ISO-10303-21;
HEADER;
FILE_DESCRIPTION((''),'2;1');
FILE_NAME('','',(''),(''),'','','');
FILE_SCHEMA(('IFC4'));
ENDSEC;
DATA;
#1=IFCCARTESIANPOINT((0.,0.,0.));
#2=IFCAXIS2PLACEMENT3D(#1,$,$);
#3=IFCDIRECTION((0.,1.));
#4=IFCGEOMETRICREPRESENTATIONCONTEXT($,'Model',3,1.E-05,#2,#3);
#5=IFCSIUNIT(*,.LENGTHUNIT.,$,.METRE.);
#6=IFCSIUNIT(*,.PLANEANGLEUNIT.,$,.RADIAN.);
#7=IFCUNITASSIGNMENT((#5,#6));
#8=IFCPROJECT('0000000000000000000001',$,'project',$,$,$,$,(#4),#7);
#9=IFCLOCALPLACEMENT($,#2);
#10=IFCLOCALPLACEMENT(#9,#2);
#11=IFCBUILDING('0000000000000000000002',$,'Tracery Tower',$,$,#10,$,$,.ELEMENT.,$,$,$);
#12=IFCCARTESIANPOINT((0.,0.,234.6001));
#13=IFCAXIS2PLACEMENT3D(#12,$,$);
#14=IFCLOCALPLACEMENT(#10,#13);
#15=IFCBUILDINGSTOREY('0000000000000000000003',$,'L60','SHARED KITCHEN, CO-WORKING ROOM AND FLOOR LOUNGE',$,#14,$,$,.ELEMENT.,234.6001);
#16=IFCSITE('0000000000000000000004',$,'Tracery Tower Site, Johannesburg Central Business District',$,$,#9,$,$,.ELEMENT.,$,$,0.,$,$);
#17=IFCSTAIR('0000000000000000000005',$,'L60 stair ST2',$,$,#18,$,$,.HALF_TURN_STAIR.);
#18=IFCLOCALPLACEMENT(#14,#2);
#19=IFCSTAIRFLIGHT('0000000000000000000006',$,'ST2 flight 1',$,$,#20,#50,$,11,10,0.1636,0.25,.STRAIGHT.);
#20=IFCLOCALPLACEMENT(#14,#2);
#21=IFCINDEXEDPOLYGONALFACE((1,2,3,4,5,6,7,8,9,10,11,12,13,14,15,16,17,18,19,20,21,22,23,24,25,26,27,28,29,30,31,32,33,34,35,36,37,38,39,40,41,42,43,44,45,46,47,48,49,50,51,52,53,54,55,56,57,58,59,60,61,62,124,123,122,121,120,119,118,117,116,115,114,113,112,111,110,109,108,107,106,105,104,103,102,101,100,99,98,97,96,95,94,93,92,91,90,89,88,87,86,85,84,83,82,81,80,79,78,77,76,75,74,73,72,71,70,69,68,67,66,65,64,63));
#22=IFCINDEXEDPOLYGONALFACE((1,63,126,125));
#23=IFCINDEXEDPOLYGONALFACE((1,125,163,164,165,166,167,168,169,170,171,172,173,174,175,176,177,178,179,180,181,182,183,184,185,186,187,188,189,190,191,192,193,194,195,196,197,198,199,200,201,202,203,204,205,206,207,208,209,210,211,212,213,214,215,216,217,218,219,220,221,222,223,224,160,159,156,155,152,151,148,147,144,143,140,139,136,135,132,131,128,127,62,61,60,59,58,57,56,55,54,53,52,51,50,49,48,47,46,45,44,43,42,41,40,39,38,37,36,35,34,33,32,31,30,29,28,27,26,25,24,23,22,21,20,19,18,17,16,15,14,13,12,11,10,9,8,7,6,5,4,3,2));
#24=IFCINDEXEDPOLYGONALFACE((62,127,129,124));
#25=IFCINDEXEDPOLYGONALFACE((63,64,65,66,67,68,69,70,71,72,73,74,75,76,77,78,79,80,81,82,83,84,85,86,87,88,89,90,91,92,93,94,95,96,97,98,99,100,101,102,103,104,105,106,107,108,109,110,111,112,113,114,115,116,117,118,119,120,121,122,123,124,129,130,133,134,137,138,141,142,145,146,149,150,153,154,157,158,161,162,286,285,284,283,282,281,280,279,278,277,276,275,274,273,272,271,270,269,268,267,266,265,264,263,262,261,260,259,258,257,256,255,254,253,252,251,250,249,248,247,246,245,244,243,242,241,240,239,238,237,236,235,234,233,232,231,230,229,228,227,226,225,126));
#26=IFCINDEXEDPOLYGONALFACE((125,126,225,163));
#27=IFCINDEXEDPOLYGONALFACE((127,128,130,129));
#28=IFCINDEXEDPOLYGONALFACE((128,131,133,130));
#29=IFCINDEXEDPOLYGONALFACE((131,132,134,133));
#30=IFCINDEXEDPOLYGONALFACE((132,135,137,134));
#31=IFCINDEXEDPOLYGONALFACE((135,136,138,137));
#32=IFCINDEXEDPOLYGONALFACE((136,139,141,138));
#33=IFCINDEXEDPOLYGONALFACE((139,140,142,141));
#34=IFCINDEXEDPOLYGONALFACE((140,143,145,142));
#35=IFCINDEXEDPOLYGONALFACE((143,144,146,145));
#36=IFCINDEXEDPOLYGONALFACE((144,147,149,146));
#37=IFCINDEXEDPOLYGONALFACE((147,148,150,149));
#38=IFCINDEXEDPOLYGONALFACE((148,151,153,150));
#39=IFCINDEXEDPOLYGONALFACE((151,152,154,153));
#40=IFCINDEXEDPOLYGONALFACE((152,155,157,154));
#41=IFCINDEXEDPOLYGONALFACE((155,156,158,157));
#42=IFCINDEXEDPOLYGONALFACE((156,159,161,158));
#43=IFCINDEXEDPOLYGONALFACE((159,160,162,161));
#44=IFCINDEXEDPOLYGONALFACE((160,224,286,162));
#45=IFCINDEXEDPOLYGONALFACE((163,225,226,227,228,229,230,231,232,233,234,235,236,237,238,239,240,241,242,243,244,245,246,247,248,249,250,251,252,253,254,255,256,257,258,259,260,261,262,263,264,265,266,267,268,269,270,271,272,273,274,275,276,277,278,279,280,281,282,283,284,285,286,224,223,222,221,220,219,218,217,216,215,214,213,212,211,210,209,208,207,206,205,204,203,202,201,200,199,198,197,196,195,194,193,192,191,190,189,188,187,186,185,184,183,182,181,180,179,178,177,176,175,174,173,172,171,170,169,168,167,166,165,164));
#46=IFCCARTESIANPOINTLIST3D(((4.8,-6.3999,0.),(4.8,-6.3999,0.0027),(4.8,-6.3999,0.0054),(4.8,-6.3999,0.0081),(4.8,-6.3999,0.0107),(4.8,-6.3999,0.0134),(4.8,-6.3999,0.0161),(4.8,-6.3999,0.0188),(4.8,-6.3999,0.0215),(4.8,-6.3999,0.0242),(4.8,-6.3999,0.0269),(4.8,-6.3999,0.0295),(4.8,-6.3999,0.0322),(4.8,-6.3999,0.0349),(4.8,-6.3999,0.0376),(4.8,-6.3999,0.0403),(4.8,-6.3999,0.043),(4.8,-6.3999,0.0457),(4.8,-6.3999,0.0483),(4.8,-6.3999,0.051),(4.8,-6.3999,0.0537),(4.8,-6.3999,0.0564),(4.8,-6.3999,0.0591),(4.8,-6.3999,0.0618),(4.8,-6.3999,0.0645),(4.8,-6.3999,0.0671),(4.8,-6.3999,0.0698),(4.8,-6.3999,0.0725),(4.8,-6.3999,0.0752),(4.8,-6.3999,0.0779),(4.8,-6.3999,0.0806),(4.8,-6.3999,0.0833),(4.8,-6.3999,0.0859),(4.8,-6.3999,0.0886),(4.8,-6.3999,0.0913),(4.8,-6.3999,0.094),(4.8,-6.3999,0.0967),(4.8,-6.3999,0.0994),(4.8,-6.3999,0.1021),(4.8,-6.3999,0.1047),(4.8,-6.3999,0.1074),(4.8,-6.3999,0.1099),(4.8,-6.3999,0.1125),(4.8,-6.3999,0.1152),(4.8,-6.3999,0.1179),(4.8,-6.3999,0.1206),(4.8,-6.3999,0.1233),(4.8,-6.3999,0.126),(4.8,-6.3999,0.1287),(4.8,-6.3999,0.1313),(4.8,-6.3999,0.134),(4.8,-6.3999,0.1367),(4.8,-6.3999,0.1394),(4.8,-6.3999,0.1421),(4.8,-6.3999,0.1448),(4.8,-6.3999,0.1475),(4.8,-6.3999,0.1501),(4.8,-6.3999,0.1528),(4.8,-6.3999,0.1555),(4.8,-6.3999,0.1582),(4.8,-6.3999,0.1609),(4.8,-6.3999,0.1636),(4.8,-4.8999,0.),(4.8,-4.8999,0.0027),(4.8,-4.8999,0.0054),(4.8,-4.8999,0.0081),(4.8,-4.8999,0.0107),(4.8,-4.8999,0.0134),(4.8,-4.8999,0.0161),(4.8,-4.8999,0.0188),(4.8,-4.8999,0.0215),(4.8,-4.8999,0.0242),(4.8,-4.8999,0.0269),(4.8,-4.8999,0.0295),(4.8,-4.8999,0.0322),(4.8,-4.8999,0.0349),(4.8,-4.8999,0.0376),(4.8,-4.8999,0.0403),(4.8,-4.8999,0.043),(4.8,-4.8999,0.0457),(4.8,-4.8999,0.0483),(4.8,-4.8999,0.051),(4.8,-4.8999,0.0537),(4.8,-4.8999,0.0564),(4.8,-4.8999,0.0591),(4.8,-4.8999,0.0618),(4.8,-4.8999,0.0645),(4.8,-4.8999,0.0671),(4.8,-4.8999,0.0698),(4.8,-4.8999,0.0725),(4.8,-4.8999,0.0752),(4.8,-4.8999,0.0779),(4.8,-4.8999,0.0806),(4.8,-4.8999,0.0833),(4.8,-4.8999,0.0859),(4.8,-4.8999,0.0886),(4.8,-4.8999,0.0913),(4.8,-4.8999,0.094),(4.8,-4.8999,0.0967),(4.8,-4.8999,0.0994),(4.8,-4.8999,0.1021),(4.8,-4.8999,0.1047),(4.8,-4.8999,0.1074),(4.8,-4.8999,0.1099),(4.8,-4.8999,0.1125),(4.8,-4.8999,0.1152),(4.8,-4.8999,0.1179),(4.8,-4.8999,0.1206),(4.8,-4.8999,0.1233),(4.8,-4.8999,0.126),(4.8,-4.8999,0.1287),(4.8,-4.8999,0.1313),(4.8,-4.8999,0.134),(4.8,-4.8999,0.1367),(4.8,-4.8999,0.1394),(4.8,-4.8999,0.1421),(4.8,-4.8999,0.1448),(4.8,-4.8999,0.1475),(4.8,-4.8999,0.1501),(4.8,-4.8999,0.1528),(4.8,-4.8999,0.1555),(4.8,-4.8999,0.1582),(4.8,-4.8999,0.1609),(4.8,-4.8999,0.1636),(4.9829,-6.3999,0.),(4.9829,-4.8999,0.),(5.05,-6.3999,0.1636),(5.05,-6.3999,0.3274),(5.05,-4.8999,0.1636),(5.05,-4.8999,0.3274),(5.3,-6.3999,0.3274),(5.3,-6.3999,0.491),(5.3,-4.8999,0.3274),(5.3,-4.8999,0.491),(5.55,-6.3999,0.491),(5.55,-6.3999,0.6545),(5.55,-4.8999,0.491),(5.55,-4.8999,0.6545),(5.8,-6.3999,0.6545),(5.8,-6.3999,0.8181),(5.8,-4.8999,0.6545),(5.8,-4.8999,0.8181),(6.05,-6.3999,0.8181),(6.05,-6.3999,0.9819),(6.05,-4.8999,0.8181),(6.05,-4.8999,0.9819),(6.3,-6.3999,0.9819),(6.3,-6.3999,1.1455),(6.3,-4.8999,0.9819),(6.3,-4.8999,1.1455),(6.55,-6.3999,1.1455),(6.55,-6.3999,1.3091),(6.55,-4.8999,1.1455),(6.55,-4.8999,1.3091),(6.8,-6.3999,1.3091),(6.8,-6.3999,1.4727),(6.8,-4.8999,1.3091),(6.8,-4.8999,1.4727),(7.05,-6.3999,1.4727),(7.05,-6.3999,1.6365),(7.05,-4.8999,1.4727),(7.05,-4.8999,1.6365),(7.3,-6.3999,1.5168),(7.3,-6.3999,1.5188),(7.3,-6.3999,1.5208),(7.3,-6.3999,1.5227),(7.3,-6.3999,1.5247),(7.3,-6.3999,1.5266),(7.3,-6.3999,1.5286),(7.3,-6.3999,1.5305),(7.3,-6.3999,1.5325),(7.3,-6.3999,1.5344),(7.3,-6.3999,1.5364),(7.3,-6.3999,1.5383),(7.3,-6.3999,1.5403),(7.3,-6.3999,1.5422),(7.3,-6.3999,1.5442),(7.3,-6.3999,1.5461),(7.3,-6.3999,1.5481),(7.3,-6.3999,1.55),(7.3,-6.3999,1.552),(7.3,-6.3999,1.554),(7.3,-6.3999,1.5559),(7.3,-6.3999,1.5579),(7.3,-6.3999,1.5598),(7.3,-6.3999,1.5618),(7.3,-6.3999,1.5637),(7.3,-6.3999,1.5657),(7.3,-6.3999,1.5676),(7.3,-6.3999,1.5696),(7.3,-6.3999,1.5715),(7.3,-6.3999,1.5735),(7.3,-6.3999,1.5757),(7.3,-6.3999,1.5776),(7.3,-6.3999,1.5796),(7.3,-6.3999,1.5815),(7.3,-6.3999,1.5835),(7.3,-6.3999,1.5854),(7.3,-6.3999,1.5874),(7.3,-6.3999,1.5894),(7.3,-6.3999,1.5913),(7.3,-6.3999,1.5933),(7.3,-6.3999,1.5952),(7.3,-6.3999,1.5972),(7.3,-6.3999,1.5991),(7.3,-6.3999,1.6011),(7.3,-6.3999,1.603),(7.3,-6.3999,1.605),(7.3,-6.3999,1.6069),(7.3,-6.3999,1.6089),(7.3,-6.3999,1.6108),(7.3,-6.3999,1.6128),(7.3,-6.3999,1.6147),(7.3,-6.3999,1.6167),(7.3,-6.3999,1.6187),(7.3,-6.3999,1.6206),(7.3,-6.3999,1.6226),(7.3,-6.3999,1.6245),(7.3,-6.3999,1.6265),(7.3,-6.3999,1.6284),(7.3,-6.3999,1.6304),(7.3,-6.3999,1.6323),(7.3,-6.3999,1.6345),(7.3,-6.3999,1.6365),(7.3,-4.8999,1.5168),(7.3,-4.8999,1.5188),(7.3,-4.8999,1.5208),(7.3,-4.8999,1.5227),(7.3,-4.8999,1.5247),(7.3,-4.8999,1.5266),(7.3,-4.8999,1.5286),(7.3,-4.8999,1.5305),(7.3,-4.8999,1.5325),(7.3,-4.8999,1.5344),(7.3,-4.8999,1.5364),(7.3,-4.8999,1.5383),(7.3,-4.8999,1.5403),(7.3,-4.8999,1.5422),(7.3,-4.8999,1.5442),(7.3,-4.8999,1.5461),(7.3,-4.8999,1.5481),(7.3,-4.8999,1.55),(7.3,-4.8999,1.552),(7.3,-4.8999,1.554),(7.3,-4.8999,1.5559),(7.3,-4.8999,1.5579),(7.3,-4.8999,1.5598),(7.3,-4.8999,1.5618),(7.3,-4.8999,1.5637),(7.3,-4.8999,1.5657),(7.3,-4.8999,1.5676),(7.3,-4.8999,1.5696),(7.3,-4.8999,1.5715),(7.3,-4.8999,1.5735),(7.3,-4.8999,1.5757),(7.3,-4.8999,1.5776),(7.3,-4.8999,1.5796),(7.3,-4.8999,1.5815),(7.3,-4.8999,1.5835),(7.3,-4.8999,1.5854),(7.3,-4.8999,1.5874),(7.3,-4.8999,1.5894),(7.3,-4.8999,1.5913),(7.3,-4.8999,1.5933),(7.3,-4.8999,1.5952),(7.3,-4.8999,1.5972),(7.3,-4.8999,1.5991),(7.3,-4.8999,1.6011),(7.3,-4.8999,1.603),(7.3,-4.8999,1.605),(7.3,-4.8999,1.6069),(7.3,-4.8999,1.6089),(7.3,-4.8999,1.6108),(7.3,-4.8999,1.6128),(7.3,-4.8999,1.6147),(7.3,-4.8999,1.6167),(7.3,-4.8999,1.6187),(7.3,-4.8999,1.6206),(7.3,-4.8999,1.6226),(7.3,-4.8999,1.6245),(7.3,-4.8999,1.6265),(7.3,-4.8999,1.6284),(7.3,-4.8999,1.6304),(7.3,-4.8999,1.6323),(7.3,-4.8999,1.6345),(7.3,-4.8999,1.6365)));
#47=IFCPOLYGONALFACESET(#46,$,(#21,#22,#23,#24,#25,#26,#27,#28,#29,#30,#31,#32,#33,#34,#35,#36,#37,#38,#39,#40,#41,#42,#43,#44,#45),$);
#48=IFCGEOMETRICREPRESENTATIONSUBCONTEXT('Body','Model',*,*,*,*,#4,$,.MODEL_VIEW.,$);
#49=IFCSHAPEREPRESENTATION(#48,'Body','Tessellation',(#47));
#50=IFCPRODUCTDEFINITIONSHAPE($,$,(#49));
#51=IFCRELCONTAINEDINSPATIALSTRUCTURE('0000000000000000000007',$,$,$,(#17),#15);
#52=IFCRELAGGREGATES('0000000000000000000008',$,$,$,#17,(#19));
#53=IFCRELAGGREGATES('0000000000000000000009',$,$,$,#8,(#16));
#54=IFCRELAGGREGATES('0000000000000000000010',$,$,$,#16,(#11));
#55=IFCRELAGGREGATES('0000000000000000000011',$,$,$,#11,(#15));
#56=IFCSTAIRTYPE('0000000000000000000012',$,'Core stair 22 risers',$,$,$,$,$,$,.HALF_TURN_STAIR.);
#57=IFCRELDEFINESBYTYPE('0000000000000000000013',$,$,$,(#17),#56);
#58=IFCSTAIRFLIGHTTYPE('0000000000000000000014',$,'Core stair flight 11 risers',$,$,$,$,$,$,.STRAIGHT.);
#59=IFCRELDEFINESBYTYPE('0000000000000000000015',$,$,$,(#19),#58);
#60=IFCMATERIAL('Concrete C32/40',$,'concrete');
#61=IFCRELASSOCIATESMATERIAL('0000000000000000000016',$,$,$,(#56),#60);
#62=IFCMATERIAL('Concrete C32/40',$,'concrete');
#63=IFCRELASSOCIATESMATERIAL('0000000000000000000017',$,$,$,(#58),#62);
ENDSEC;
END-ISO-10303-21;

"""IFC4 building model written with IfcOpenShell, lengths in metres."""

from ifc_helpers import new_model, si_unit, direction, frame, origin, place, context, subcontext, project, spatial, polyline, outline, extrude, material, type_object, element, aggregate, save


model = new_model("IFC4")

# Units and contexts
model_context = context("Model", 3, precision=1e-05, world=origin(), true_north=direction((0.0, 1.0)))
body_context = subcontext(model_context, "Body", "Model", "MODEL_VIEW")
ifc_project = project(units=[si_unit("LENGTHUNIT", "METRE"), si_unit("PLANEANGLEUNIT", "RADIAN")], contexts=[model_context])

# Site, building, storey
site_placement = place(None, origin())
site = spatial("IfcSite", under=ifc_project, at=site_placement, Name="Tracery Tower Site, Johannesburg Central Business District", CompositionType="ELEMENT", RefElevation=0.0)
building_placement = place(site_placement, origin())
building = spatial("IfcBuilding", under=site, at=building_placement, Name="Tracery Tower", CompositionType="ELEMENT")
storey_placement = place(building_placement, frame((0.0, 0.0, 234.6001)))
storey = spatial("IfcBuildingStorey", under=building, at=storey_placement, Name="L60", Description="SHARED KITCHEN, CO-WORKING ROOM AND FLOOR LOUNGE", CompositionType="ELEMENT", Elevation=234.6001)

# Stair, stair flight
ifc_material_1 = material(Name="Concrete C32/40", Category="concrete")
stair_type = type_object("IfcStairType", Name="Core stair 22 risers", PredefinedType="HALF_TURN_STAIR", material=ifc_material_1)
stair_placement = place(storey_placement, origin())
stair = element("IfcStair", 1, at=stair_placement, inside=storey, type_object=stair_type, Name="L60 stair ST2", PredefinedType="HALF_TURN_STAIR")
ifc_material_2 = material(Name="Concrete C32/40", Category="concrete")
stair_flight_type = type_object("IfcStairFlightType", Name="Core stair flight 11 risers", PredefinedType="STRAIGHT", material=ifc_material_2)
stair_flight_placement = place(storey_placement, frame((4.8, -5.6499, 0.0), z_axis=(0.0, 0.0, 1.0), x_axis=(1.0, 0.0, 0.0)))
stair_flight = element("IfcStairFlight", 2, at=stair_flight_placement, type_object=stair_flight_type, Name="ST2 flight 1", NumberOfRisers=11, NumberOfTreads=10, PredefinedType="STRAIGHT", RiserHeight=0.1636, TreadLength=0.25, context=body_context, shape_type="SweptSolid", body=[
    extrude(outline(polyline([(0.0, 0.0), (0.0, 0.0027), (0.0, 0.0054), (0.0, 0.0081), (0.0, 0.0107), (0.0, 0.0134), (0.0, 0.0161), (0.0, 0.0188), (0.0, 0.0215), (0.0, 0.0242), (0.0, 0.0269), (0.0, 0.0295), (0.0, 0.0322), (0.0, 0.0349), (0.0, 0.0376), (0.0, 0.0403), (0.0, 0.043), (0.0, 0.0457), (0.0, 0.0483), (0.0, 0.051), (0.0, 0.0537), (0.0, 0.0564), (0.0, 0.0591), (0.0, 0.0618), (0.0, 0.0645), (0.0, 0.0671), (0.0, 0.0698), (0.0, 0.0725), (0.0, 0.0752), (0.0, 0.0779), (0.0, 0.0806), (0.0, 0.0833), (0.0, 0.0859), (0.0, 0.0886), (0.0, 0.0913), (0.0, 0.094), (0.0, 0.0967), (0.0, 0.0994), (0.0, 0.1021), (0.0, 0.1047), (0.0, 0.1074), (0.0, 0.1099), (0.0, 0.1125), (0.0, 0.1152), (0.0, 0.1179), (0.0, 0.1206), (0.0, 0.1233), (0.0, 0.126), (0.0, 0.1287), (0.0, 0.1313), (0.0, 0.134), (0.0, 0.1367), (0.0, 0.1394), (0.0, 0.1421), (0.0, 0.1448), (0.0, 0.1475), (0.0, 0.1501), (0.0, 0.1528), (0.0, 0.1555), (0.0, 0.1582), (0.0, 0.1609), (0.0, 0.1636), (0.25, 0.1636), (0.25, 0.3274), (0.5, 0.3274), (0.5, 0.491), (0.75, 0.491), (0.75, 0.6545), (1.0, 0.6545), (1.0, 0.8181), (1.25, 0.8181), (1.25, 0.9819), (1.5, 0.9819), (1.5, 1.1455), (1.75, 1.1455), (1.75, 1.3091), (2.0, 1.3091), (2.0, 1.4727), (2.25, 1.4727), (2.25, 1.6365), (2.5, 1.6365), (2.5, 1.6345), (2.5, 1.6323), (2.5, 1.6304), (2.5, 1.6284), (2.5, 1.6265), (2.5, 1.6245), (2.5, 1.6226), (2.5, 1.6206), (2.5, 1.6187), (2.5, 1.6167), (2.5, 1.6147), (2.5, 1.6128), (2.5, 1.6108), (2.5, 1.6089), (2.5, 1.6069), (2.5, 1.605), (2.5, 1.603), (2.5, 1.6011), (2.5, 1.5991), (2.5, 1.5972), (2.5, 1.5952), (2.5, 1.5933), (2.5, 1.5913), (2.5, 1.5894), (2.5, 1.5874), (2.5, 1.5854), (2.5, 1.5835), (2.5, 1.5815), (2.5, 1.5796), (2.5, 1.5776), (2.5, 1.5757), (2.5, 1.5735), (2.5, 1.5715), (2.5, 1.5696), (2.5, 1.5676), (2.5, 1.5657), (2.5, 1.5637), (2.5, 1.5618), (2.5, 1.5598), (2.5, 1.5579), (2.5, 1.5559), (2.5, 1.554), (2.5, 1.552), (2.5, 1.55), (2.5, 1.5481), (2.5, 1.5461), (2.5, 1.5442), (2.5, 1.5422), (2.5, 1.5403), (2.5, 1.5383), (2.5, 1.5364), (2.5, 1.5344), (2.5, 1.5325), (2.5, 1.5305), (2.5, 1.5286), (2.5, 1.5266), (2.5, 1.5247), (2.5, 1.5227), (2.5, 1.5208), (2.5, 1.5188), (2.5, 1.5168), (0.1829, 0.0), (0.0, 0.0)])), frame((0.0, 0.75, 0.0), z_axis=(0.0, -1.0, 0.0), x_axis=(1.0, 0.0, 0.0)), (0.0, 0.0, 1.0), 1.5),
])
aggregate(stair, [stair_flight])

save(model, "model.ifc")
